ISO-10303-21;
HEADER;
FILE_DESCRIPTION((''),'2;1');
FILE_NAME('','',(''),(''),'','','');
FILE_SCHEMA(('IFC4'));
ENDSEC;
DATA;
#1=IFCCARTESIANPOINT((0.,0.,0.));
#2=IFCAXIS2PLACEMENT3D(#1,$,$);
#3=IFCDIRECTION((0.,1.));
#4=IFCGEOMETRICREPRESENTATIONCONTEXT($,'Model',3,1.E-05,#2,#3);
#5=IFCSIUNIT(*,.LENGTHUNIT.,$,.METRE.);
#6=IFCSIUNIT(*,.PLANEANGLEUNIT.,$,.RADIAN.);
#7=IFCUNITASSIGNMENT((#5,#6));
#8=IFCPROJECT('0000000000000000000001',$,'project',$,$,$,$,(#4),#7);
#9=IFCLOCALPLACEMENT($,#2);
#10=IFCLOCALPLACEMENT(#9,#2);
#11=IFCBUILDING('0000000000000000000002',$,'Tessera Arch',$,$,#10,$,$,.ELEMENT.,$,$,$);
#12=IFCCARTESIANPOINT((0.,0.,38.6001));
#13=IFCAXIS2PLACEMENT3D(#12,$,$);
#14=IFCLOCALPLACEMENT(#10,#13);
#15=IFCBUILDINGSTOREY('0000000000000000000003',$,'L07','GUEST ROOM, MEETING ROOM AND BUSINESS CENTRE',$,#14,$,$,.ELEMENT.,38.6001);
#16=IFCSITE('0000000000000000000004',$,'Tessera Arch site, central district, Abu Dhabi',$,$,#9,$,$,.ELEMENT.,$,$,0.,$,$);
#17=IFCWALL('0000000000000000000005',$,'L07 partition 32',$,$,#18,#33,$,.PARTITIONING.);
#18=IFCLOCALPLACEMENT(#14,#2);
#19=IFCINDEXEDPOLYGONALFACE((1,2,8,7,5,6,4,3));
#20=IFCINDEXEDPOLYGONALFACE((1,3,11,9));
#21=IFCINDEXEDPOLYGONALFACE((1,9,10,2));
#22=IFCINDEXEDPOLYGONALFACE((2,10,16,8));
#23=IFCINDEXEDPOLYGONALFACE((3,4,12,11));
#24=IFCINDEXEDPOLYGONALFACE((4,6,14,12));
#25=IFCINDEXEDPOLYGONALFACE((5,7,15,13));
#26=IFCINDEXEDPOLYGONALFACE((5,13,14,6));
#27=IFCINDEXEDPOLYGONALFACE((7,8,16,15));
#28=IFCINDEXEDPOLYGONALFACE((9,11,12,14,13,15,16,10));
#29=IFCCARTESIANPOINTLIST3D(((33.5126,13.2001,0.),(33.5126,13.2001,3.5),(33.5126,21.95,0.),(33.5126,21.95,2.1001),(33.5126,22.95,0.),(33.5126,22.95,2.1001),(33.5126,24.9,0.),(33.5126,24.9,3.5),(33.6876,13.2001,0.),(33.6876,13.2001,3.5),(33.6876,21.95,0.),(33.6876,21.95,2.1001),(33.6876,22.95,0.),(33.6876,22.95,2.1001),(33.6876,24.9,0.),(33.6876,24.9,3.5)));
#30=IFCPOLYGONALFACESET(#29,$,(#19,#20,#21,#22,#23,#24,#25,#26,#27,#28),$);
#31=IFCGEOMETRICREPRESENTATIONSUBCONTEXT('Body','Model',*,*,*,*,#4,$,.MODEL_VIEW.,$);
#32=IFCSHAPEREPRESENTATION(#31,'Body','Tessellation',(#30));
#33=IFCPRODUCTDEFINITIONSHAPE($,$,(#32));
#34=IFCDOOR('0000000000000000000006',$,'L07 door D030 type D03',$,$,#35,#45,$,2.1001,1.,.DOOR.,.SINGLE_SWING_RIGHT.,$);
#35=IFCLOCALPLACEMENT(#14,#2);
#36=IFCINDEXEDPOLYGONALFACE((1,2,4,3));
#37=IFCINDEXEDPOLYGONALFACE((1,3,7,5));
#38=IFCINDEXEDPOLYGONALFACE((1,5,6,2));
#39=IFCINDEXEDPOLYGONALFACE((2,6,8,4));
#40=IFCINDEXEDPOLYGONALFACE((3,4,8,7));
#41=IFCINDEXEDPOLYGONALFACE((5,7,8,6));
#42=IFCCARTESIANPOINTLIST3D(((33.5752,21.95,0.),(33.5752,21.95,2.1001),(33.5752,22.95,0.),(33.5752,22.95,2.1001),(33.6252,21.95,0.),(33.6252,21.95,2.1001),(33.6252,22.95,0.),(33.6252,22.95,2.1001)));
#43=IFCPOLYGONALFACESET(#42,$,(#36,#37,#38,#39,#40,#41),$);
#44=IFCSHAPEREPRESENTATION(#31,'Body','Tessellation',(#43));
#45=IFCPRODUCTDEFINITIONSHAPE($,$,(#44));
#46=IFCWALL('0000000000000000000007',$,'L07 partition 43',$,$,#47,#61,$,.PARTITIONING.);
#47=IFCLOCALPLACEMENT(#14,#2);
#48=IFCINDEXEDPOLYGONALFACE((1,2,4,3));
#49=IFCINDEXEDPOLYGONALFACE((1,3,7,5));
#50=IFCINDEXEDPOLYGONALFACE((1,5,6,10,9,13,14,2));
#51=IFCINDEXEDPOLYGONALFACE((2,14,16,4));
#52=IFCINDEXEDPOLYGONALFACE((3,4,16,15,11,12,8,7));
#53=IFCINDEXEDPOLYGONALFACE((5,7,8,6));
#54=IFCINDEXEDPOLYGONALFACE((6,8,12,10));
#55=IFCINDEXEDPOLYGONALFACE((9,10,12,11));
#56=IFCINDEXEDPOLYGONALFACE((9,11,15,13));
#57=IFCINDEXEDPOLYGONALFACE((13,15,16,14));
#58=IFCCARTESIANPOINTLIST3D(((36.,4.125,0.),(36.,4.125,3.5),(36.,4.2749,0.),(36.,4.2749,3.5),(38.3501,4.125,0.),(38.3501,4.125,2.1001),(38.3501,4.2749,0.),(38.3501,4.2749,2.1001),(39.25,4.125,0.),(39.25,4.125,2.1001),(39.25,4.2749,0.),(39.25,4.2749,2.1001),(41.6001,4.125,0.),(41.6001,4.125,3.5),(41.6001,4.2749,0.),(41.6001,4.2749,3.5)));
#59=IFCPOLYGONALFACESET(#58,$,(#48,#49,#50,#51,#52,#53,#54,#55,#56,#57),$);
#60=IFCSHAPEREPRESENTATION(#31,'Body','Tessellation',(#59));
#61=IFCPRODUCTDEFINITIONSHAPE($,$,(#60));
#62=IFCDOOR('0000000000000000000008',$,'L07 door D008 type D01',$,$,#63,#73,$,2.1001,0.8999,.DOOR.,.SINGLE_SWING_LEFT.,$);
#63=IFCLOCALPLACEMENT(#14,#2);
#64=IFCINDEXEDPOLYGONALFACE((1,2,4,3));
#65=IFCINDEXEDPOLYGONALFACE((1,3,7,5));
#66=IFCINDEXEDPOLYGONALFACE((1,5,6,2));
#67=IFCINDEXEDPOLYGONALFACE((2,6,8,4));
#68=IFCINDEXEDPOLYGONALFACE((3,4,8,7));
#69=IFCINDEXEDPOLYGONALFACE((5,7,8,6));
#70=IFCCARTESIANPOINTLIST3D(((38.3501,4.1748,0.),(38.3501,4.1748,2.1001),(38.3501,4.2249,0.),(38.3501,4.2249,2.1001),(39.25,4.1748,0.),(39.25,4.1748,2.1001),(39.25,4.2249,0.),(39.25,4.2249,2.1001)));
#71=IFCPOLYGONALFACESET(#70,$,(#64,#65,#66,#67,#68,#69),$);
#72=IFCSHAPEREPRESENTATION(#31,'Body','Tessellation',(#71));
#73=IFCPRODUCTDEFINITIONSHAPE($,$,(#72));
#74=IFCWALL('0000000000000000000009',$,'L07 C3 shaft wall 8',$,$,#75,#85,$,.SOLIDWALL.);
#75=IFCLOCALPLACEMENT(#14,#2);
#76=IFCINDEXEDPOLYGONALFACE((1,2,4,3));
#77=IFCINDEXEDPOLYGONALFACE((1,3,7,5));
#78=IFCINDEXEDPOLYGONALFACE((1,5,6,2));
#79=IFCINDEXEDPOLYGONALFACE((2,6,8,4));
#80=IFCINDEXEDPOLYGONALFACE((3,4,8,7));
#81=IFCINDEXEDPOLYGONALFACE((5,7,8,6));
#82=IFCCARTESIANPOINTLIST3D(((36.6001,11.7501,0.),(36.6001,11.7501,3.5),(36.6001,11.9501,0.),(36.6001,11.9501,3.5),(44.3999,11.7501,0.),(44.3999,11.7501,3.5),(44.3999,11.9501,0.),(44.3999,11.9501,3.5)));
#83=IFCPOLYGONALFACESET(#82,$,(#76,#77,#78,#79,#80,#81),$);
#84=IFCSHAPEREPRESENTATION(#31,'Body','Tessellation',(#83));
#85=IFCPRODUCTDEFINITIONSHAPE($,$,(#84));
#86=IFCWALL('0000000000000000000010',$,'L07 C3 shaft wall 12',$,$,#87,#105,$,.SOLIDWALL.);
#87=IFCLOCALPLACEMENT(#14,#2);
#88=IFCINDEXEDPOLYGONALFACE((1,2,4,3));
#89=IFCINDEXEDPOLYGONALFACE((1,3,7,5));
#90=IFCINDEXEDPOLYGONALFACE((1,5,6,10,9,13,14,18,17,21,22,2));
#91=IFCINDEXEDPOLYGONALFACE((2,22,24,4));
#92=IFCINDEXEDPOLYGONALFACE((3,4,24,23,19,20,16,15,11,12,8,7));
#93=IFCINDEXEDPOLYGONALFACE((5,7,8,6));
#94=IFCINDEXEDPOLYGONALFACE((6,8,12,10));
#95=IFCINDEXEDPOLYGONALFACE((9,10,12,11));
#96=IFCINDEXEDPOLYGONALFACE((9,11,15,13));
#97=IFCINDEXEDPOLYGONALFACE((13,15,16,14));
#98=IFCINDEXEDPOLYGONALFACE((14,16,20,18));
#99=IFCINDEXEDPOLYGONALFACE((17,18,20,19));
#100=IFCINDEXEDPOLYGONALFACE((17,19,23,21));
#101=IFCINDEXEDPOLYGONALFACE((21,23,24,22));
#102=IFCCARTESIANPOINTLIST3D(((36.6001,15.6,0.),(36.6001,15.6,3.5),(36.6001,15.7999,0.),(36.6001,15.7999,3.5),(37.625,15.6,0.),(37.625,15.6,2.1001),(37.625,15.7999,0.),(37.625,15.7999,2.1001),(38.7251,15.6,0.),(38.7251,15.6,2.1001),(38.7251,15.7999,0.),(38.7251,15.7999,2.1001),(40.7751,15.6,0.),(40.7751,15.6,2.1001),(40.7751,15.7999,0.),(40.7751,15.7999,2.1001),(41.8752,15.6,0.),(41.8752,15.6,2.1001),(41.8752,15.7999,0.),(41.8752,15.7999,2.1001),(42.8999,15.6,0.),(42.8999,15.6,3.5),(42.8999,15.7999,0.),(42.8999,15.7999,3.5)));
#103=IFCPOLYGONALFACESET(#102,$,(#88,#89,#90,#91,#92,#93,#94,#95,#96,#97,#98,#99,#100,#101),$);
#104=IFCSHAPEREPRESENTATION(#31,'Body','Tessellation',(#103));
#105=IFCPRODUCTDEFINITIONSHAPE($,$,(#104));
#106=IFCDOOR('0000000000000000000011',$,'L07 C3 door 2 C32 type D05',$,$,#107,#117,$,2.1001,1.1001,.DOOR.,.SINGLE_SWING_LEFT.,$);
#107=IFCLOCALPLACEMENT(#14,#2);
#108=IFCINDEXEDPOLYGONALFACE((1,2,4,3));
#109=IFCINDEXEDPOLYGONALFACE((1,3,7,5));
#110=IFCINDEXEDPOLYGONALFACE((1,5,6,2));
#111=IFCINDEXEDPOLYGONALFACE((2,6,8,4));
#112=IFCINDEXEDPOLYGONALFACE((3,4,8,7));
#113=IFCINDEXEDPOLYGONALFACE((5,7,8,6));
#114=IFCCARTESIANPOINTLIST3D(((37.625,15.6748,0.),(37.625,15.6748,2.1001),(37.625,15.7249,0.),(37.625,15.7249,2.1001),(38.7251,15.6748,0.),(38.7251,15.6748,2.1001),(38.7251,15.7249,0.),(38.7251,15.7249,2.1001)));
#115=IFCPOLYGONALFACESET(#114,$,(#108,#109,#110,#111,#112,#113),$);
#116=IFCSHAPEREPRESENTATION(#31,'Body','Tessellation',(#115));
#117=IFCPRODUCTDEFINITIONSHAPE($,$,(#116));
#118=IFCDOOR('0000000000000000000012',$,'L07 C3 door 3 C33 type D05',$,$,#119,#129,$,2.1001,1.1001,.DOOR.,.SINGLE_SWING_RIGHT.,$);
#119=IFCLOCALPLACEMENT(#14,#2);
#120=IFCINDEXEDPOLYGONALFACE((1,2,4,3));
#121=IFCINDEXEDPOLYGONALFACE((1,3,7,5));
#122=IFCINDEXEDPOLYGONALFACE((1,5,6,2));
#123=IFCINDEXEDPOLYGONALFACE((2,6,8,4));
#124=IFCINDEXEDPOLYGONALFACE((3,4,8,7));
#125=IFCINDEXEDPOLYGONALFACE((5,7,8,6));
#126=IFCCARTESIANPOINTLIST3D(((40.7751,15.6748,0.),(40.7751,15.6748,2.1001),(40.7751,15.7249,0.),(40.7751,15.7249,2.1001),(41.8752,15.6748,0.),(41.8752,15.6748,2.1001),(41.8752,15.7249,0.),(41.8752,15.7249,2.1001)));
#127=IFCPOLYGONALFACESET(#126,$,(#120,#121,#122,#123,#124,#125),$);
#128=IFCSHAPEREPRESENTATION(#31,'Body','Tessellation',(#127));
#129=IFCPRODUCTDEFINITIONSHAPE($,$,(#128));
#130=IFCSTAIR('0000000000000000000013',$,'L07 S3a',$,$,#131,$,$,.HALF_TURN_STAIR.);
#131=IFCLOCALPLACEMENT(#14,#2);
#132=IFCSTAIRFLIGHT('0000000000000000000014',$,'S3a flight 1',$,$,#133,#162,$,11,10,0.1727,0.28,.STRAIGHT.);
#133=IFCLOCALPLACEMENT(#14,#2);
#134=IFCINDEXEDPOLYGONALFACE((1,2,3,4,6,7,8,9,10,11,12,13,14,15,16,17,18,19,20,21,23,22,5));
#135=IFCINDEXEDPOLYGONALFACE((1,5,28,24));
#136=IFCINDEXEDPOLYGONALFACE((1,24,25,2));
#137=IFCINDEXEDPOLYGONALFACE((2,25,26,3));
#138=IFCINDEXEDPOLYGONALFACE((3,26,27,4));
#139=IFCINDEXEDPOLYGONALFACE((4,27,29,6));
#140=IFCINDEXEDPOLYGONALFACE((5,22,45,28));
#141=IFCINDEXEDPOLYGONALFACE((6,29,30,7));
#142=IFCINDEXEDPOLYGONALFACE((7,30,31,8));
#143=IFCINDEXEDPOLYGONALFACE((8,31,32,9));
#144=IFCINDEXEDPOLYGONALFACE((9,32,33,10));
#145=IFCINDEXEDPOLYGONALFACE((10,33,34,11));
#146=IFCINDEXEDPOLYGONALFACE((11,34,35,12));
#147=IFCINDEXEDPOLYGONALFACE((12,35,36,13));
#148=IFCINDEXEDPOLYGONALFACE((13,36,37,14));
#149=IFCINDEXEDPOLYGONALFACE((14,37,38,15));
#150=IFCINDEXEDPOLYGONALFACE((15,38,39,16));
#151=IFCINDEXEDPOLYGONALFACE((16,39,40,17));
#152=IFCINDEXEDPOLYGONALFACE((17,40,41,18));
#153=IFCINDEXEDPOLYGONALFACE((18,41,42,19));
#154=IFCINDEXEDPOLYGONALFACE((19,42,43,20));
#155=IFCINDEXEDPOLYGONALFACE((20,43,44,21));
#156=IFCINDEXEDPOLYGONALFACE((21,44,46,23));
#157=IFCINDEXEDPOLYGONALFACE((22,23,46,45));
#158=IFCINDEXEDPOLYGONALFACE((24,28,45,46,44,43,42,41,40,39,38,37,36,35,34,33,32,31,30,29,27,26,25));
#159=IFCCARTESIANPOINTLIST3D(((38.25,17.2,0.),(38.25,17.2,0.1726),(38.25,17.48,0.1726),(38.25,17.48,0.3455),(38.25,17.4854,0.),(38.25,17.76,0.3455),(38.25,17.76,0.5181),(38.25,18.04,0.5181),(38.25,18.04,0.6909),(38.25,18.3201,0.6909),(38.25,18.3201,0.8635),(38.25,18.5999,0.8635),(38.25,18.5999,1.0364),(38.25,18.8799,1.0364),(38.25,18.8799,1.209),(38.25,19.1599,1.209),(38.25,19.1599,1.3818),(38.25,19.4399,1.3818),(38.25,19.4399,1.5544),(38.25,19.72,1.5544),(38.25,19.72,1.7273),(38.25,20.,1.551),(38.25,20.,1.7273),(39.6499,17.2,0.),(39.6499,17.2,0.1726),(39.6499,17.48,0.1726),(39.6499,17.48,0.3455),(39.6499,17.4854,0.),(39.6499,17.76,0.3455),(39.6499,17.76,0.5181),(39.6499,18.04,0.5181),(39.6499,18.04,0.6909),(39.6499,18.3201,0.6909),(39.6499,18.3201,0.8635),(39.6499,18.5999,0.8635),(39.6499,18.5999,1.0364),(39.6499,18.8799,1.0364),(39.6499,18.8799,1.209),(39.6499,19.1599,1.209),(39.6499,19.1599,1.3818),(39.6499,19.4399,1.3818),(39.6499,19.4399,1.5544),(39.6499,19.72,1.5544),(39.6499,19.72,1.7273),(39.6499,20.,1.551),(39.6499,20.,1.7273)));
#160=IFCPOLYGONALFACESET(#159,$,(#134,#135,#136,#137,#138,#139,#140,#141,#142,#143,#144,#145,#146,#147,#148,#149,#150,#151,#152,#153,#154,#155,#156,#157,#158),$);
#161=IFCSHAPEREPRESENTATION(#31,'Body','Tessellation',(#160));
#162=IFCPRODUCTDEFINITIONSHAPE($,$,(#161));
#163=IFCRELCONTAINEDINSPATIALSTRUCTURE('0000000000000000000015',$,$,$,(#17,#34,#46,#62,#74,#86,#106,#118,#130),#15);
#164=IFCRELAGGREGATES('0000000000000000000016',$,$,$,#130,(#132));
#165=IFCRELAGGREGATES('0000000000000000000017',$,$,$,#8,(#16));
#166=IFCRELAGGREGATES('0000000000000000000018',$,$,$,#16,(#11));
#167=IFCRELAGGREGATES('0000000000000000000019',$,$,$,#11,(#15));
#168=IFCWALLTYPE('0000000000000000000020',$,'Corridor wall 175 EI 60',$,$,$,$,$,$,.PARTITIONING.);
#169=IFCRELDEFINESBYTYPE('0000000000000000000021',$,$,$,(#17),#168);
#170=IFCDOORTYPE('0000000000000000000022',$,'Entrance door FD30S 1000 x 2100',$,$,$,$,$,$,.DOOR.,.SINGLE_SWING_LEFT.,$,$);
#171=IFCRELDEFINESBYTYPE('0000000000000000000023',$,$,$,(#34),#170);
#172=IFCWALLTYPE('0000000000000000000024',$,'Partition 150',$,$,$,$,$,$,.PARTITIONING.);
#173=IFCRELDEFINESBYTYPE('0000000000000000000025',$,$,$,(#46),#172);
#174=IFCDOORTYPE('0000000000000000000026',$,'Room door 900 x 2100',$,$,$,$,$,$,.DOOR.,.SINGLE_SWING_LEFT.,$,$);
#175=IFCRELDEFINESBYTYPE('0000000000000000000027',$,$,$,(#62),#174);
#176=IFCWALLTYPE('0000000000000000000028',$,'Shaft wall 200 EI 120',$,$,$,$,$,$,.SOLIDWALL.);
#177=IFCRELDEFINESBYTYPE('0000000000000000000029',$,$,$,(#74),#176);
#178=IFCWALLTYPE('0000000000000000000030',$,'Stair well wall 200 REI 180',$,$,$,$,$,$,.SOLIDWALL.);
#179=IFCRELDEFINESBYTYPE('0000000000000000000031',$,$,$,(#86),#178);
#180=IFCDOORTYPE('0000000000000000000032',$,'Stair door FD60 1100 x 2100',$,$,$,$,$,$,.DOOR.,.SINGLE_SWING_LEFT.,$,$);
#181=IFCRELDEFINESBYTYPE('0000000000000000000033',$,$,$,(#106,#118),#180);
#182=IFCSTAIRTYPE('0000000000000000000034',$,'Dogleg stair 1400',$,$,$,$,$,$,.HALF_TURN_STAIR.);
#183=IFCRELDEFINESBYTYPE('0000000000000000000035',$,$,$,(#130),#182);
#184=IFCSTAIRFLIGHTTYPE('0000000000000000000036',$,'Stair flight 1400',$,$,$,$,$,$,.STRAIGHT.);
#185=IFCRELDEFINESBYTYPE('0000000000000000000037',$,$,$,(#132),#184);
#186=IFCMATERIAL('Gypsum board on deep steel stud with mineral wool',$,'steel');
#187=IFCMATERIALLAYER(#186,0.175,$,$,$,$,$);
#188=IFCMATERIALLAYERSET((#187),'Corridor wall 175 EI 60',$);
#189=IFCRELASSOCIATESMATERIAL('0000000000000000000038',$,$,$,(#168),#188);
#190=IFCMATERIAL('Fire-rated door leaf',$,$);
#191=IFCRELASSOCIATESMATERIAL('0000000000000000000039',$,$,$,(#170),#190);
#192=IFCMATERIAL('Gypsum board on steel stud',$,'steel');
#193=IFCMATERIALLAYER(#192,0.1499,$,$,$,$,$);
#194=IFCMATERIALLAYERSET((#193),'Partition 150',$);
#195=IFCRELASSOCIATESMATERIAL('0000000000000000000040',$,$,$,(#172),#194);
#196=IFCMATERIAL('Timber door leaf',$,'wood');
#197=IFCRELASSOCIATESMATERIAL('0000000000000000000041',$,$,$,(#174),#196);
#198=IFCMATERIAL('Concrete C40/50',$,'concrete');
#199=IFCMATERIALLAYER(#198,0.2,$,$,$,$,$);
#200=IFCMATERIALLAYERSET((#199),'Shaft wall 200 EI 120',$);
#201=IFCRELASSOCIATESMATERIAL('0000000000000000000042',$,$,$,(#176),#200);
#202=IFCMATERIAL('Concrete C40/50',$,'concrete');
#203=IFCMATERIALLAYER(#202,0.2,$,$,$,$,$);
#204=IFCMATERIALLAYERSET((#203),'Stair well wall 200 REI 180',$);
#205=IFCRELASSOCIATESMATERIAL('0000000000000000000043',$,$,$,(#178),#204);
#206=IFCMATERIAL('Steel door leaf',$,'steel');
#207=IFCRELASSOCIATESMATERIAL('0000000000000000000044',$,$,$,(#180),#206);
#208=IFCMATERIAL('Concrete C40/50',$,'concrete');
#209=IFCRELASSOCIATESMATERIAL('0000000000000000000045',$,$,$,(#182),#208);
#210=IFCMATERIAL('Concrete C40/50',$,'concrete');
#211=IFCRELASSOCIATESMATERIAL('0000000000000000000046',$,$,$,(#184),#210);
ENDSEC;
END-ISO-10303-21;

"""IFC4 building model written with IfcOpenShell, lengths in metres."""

from ifc_helpers import new_model, si_unit, direction, frame, frame_2d, origin, place, context, subcontext, project, spatial, polyline, rectangle, outline, extrude, material, layer, layer_set, type_object, element, fill, aggregate, save


model = new_model("IFC4")

# Units and contexts
model_context = context("Model", 3, precision=1e-05, world=origin(), true_north=direction((0.0, 1.0)))
body_context = subcontext(model_context, "Body", "Model", "MODEL_VIEW")
ifc_project = project(units=[si_unit("LENGTHUNIT", "METRE"), si_unit("PLANEANGLEUNIT", "RADIAN")], contexts=[model_context])

# Site, building, storey
site_placement = place(None, origin())
site = spatial("IfcSite", under=ifc_project, at=site_placement, Name="Tessera Arch site, central district, Abu Dhabi", CompositionType="ELEMENT", RefElevation=0.0)
building_placement = place(site_placement, origin())
building = spatial("IfcBuilding", under=site, at=building_placement, Name="Tessera Arch", CompositionType="ELEMENT")
storey_placement = place(building_placement, frame((0.0, 0.0, 38.6001)))
storey = spatial("IfcBuildingStorey", under=building, at=storey_placement, Name="L07", Description="GUEST ROOM, MEETING ROOM AND BUSINESS CENTRE", CompositionType="ELEMENT", Elevation=38.6001)

# Shared definitions
ifc_material_1 = material(Name="Gypsum board on deep steel stud with mineral wool", Category="steel")
ifc_layer_1 = layer(ifc_material_1, 0.175)
ifc_layer_set_1 = layer_set([ifc_layer_1], Name="Corridor wall 175 EI 60")
wall_type_1 = type_object("IfcWallType", Name="Corridor wall 175 EI 60", PredefinedType="PARTITIONING", material=ifc_layer_set_1)

# Walls, openings, doors
wall_1_placement = place(storey_placement, frame((33.6001, 13.2, 0.0), z_axis=(0.0, 0.0, 1.0), x_axis=(0.0, 1.0, 0.0)))
wall_1 = element("IfcWall", 1, at=wall_1_placement, inside=storey, type_object=wall_type_1, Name="L07 partition 32", PredefinedType="PARTITIONING", context=body_context, shape_type="SweptSolid", body=[
    extrude(rectangle(XDim=11.7, YDim=0.175, at=frame_2d((5.8501, 0.0))), origin(), (0.0, 0.0, 1.0), 3.5),
])
opening_1_placement = place(wall_1_placement, frame((8.75, 0.0, 0.0)))
opening_1 = element("IfcOpeningElement", 2, at=opening_1_placement, cuts=wall_1, PredefinedType="OPENING", context=body_context, shape_type="SweptSolid", body=[
    extrude(rectangle(XDim=1.0, YDim=2.1001, at=frame_2d((0.5, 1.05))), frame((0.0, 0.0974, 0.0), z_axis=(0.0, -1.0, 0.0), x_axis=(1.0, 0.0, 0.0)), (0.0, 0.0, 1.0), 0.1951),
])
ifc_material_2 = material(Name="Fire-rated door leaf")
door_type_1 = type_object("IfcDoorType", Name="Entrance door FD30S 1000 x 2100", OperationType="SINGLE_SWING_LEFT", PredefinedType="DOOR", material=ifc_material_2)
door_1_placement = place(opening_1_placement, origin())
door_1 = element("IfcDoor", 3, at=door_1_placement, inside=storey, type_object=door_type_1, Name="L07 door D030 type D03", OperationType="SINGLE_SWING_RIGHT", OverallHeight=2.1001, OverallWidth=1.0, PredefinedType="DOOR", context=body_context, shape_type="SweptSolid", body=[
    extrude(rectangle(XDim=1.0, YDim=2.1001, at=frame_2d((0.5, 1.05))), frame((0.0, 0.0249, 0.0), z_axis=(0.0, -1.0, 0.0), x_axis=(1.0, 0.0, 0.0)), (0.0, 0.0, 1.0), 0.05),
])
fill(opening_1, door_1)
ifc_material_3 = material(Name="Gypsum board on steel stud", Category="steel")
ifc_layer_2 = layer(ifc_material_3, 0.1499)
ifc_layer_set_2 = layer_set([ifc_layer_2], Name="Partition 150")
wall_type_2 = type_object("IfcWallType", Name="Partition 150", PredefinedType="PARTITIONING", material=ifc_layer_set_2)
wall_2_placement = place(storey_placement, frame((36.0, 4.2, 0.0), z_axis=(0.0, 0.0, 1.0), x_axis=(1.0, 0.0, 0.0)))
wall_2 = element("IfcWall", 4, at=wall_2_placement, inside=storey, type_object=wall_type_2, Name="L07 partition 43", PredefinedType="PARTITIONING", context=body_context, shape_type="SweptSolid", body=[
    extrude(rectangle(XDim=5.6001, YDim=0.1499, at=frame_2d((2.8, 0.0))), origin(), (0.0, 0.0, 1.0), 3.5),
])
opening_2_placement = place(wall_2_placement, frame((2.3501, 0.0, 0.0)))
opening_2 = element("IfcOpeningElement", 5, at=opening_2_placement, cuts=wall_2, PredefinedType="OPENING", context=body_context, shape_type="SweptSolid", body=[
    extrude(rectangle(XDim=0.8999, YDim=2.1001, at=frame_2d((0.45, 1.05))), frame((0.0, 0.085, 0.0), z_axis=(0.0, -1.0, 0.0), x_axis=(1.0, 0.0, 0.0)), (0.0, 0.0, 1.0), 0.1699),
])
ifc_material_4 = material(Name="Timber door leaf", Category="wood")
door_type_2 = type_object("IfcDoorType", Name="Room door 900 x 2100", OperationType="SINGLE_SWING_LEFT", PredefinedType="DOOR", material=ifc_material_4)
door_2_placement = place(opening_2_placement, origin())
door_2 = element("IfcDoor", 6, at=door_2_placement, inside=storey, type_object=door_type_2, Name="L07 door D008 type D01", OperationType="SINGLE_SWING_LEFT", OverallHeight=2.1001, OverallWidth=0.8999, PredefinedType="DOOR", context=body_context, shape_type="SweptSolid", body=[
    extrude(rectangle(XDim=0.8999, YDim=2.1001, at=frame_2d((0.45, 1.05))), frame((0.0, 0.0249, 0.0), z_axis=(0.0, -1.0, 0.0), x_axis=(1.0, 0.0, 0.0)), (0.0, 0.0, 1.0), 0.05),
])
fill(opening_2, door_2)

# Wall
ifc_material_5 = material(Name="Concrete C40/50", Category="concrete")
ifc_layer_3 = layer(ifc_material_5, 0.2)
ifc_layer_set_3 = layer_set([ifc_layer_3], Name="Shaft wall 200 EI 120")
wall_type_3 = type_object("IfcWallType", Name="Shaft wall 200 EI 120", PredefinedType="SOLIDWALL", material=ifc_layer_set_3)
wall_3_placement = place(storey_placement, frame((36.6001, 11.8501, 0.0), z_axis=(0.0, 0.0, 1.0), x_axis=(1.0, 0.0, 0.0)))
element("IfcWall", 7, at=wall_3_placement, inside=storey, type_object=wall_type_3, Name="L07 C3 shaft wall 8", PredefinedType="SOLIDWALL", context=body_context, shape_type="SweptSolid", body=[
    extrude(rectangle(XDim=7.7998, YDim=0.2, at=frame_2d((3.8999, 0.0))), origin(), (0.0, 0.0, 1.0), 3.5),
])

# Wall, openings, doors
ifc_material_6 = material(Name="Concrete C40/50", Category="concrete")
ifc_layer_4 = layer(ifc_material_6, 0.2)
ifc_layer_set_4 = layer_set([ifc_layer_4], Name="Stair well wall 200 REI 180")
wall_type_4 = type_object("IfcWallType", Name="Stair well wall 200 REI 180", PredefinedType="SOLIDWALL", material=ifc_layer_set_4)
wall_4_placement = place(storey_placement, frame((36.6001, 15.7, 0.0), z_axis=(0.0, 0.0, 1.0), x_axis=(1.0, 0.0, 0.0)))
wall_4 = element("IfcWall", 8, at=wall_4_placement, inside=storey, type_object=wall_type_4, Name="L07 C3 shaft wall 12", PredefinedType="SOLIDWALL", context=body_context, shape_type="SweptSolid", body=[
    extrude(rectangle(XDim=6.2998, YDim=0.2, at=frame_2d((3.1499, 0.0))), origin(), (0.0, 0.0, 1.0), 3.5),
])
opening_3_placement = place(wall_4_placement, frame((1.0249, 0.0, 0.0)))
opening_3 = element("IfcOpeningElement", 9, at=opening_3_placement, cuts=wall_4, PredefinedType="OPENING", context=body_context, shape_type="SweptSolid", body=[
    extrude(rectangle(XDim=1.1001, YDim=2.1001, at=frame_2d((0.55, 1.05))), frame((0.0, 0.1099, 0.0), z_axis=(0.0, -1.0, 0.0), x_axis=(1.0, 0.0, 0.0)), (0.0, 0.0, 1.0), 0.22),
])
opening_4_placement = place(wall_4_placement, frame((4.175, 0.0, 0.0)))
opening_4 = element("IfcOpeningElement", 10, at=opening_4_placement, cuts=wall_4, PredefinedType="OPENING", context=body_context, shape_type="SweptSolid", body=[
    extrude(rectangle(XDim=1.1001, YDim=2.1001, at=frame_2d((0.55, 1.05))), frame((0.0, 0.1099, 0.0), z_axis=(0.0, -1.0, 0.0), x_axis=(1.0, 0.0, 0.0)), (0.0, 0.0, 1.0), 0.22),
])
ifc_material_7 = material(Name="Steel door leaf", Category="steel")
door_type_3 = type_object("IfcDoorType", Name="Stair door FD60 1100 x 2100", OperationType="SINGLE_SWING_LEFT", PredefinedType="DOOR", material=ifc_material_7)
door_3_placement = place(opening_3_placement, origin())
door_3 = element("IfcDoor", 11, at=door_3_placement, inside=storey, type_object=door_type_3, Name="L07 C3 door 2 C32 type D05", OperationType="SINGLE_SWING_LEFT", OverallHeight=2.1001, OverallWidth=1.1001, PredefinedType="DOOR", context=body_context, shape_type="SweptSolid", body=[
    extrude(rectangle(XDim=1.1001, YDim=2.1001, at=frame_2d((0.55, 1.05))), frame((0.0, 0.0249, 0.0), z_axis=(0.0, -1.0, 0.0), x_axis=(1.0, 0.0, 0.0)), (0.0, 0.0, 1.0), 0.05),
])
fill(opening_3, door_3)
door_4_placement = place(opening_4_placement, origin())
door_4 = element("IfcDoor", 12, at=door_4_placement, inside=storey, type_object=door_type_3, Name="L07 C3 door 3 C33 type D05", OperationType="SINGLE_SWING_RIGHT", OverallHeight=2.1001, OverallWidth=1.1001, PredefinedType="DOOR", context=body_context, shape_type="SweptSolid", body=[
    extrude(rectangle(XDim=1.1001, YDim=2.1001, at=frame_2d((0.55, 1.05))), frame((0.0, 0.0249, 0.0), z_axis=(0.0, -1.0, 0.0), x_axis=(1.0, 0.0, 0.0)), (0.0, 0.0, 1.0), 0.05),
])
fill(opening_4, door_4)

# Stair, stair flight
ifc_material_8 = material(Name="Concrete C40/50", Category="concrete")
stair_type = type_object("IfcStairType", Name="Dogleg stair 1400", PredefinedType="HALF_TURN_STAIR", material=ifc_material_8)
stair_placement = place(storey_placement, origin())
stair = element("IfcStair", 13, at=stair_placement, inside=storey, type_object=stair_type, Name="L07 S3a", PredefinedType="HALF_TURN_STAIR")
ifc_material_9 = material(Name="Concrete C40/50", Category="concrete")
stair_flight_type = type_object("IfcStairFlightType", Name="Stair flight 1400", PredefinedType="STRAIGHT", material=ifc_material_9)
stair_flight_1_placement = place(storey_placement, frame((38.95, 17.2, 0.0), z_axis=(0.0, 0.0, 1.0), x_axis=(0.0, 1.0, 0.0)))
stair_flight_1 = element("IfcStairFlight", 14, at=stair_flight_1_placement, type_object=stair_flight_type, Name="S3a flight 1", NumberOfRisers=11, NumberOfTreads=10, PredefinedType="STRAIGHT", RiserHeight=0.1727, TreadLength=0.28, context=body_context, shape_type="SweptSolid", body=[
    extrude(outline(polyline([(0.0, 0.0), (0.0, 0.1726), (0.28, 0.1726), (0.28, 0.3455), (0.5601, 0.3455), (0.5601, 0.5181), (0.8401, 0.5181), (0.8401, 0.6909), (1.1201, 0.6909), (1.1201, 0.8635), (1.3999, 0.8635), (1.3999, 1.0364), (1.6799, 1.0364), (1.6799, 1.209), (1.96, 1.209), (1.96, 1.3818), (2.24, 1.3818), (2.24, 1.5544), (2.52, 1.5544), (2.52, 1.7273), (2.8, 1.7273), (2.8, 1.8999), (2.8, 1.551), (0.2854, 0.0), (0.0, 0.0)])), frame((0.0, 0.7, 0.0), z_axis=(0.0, -1.0, 0.0), x_axis=(1.0, 0.0, 0.0)), (0.0, 0.0, 1.0), 1.3999),
])
aggregate(stair, [stair_flight_1])

save(model, "model.ifc")
